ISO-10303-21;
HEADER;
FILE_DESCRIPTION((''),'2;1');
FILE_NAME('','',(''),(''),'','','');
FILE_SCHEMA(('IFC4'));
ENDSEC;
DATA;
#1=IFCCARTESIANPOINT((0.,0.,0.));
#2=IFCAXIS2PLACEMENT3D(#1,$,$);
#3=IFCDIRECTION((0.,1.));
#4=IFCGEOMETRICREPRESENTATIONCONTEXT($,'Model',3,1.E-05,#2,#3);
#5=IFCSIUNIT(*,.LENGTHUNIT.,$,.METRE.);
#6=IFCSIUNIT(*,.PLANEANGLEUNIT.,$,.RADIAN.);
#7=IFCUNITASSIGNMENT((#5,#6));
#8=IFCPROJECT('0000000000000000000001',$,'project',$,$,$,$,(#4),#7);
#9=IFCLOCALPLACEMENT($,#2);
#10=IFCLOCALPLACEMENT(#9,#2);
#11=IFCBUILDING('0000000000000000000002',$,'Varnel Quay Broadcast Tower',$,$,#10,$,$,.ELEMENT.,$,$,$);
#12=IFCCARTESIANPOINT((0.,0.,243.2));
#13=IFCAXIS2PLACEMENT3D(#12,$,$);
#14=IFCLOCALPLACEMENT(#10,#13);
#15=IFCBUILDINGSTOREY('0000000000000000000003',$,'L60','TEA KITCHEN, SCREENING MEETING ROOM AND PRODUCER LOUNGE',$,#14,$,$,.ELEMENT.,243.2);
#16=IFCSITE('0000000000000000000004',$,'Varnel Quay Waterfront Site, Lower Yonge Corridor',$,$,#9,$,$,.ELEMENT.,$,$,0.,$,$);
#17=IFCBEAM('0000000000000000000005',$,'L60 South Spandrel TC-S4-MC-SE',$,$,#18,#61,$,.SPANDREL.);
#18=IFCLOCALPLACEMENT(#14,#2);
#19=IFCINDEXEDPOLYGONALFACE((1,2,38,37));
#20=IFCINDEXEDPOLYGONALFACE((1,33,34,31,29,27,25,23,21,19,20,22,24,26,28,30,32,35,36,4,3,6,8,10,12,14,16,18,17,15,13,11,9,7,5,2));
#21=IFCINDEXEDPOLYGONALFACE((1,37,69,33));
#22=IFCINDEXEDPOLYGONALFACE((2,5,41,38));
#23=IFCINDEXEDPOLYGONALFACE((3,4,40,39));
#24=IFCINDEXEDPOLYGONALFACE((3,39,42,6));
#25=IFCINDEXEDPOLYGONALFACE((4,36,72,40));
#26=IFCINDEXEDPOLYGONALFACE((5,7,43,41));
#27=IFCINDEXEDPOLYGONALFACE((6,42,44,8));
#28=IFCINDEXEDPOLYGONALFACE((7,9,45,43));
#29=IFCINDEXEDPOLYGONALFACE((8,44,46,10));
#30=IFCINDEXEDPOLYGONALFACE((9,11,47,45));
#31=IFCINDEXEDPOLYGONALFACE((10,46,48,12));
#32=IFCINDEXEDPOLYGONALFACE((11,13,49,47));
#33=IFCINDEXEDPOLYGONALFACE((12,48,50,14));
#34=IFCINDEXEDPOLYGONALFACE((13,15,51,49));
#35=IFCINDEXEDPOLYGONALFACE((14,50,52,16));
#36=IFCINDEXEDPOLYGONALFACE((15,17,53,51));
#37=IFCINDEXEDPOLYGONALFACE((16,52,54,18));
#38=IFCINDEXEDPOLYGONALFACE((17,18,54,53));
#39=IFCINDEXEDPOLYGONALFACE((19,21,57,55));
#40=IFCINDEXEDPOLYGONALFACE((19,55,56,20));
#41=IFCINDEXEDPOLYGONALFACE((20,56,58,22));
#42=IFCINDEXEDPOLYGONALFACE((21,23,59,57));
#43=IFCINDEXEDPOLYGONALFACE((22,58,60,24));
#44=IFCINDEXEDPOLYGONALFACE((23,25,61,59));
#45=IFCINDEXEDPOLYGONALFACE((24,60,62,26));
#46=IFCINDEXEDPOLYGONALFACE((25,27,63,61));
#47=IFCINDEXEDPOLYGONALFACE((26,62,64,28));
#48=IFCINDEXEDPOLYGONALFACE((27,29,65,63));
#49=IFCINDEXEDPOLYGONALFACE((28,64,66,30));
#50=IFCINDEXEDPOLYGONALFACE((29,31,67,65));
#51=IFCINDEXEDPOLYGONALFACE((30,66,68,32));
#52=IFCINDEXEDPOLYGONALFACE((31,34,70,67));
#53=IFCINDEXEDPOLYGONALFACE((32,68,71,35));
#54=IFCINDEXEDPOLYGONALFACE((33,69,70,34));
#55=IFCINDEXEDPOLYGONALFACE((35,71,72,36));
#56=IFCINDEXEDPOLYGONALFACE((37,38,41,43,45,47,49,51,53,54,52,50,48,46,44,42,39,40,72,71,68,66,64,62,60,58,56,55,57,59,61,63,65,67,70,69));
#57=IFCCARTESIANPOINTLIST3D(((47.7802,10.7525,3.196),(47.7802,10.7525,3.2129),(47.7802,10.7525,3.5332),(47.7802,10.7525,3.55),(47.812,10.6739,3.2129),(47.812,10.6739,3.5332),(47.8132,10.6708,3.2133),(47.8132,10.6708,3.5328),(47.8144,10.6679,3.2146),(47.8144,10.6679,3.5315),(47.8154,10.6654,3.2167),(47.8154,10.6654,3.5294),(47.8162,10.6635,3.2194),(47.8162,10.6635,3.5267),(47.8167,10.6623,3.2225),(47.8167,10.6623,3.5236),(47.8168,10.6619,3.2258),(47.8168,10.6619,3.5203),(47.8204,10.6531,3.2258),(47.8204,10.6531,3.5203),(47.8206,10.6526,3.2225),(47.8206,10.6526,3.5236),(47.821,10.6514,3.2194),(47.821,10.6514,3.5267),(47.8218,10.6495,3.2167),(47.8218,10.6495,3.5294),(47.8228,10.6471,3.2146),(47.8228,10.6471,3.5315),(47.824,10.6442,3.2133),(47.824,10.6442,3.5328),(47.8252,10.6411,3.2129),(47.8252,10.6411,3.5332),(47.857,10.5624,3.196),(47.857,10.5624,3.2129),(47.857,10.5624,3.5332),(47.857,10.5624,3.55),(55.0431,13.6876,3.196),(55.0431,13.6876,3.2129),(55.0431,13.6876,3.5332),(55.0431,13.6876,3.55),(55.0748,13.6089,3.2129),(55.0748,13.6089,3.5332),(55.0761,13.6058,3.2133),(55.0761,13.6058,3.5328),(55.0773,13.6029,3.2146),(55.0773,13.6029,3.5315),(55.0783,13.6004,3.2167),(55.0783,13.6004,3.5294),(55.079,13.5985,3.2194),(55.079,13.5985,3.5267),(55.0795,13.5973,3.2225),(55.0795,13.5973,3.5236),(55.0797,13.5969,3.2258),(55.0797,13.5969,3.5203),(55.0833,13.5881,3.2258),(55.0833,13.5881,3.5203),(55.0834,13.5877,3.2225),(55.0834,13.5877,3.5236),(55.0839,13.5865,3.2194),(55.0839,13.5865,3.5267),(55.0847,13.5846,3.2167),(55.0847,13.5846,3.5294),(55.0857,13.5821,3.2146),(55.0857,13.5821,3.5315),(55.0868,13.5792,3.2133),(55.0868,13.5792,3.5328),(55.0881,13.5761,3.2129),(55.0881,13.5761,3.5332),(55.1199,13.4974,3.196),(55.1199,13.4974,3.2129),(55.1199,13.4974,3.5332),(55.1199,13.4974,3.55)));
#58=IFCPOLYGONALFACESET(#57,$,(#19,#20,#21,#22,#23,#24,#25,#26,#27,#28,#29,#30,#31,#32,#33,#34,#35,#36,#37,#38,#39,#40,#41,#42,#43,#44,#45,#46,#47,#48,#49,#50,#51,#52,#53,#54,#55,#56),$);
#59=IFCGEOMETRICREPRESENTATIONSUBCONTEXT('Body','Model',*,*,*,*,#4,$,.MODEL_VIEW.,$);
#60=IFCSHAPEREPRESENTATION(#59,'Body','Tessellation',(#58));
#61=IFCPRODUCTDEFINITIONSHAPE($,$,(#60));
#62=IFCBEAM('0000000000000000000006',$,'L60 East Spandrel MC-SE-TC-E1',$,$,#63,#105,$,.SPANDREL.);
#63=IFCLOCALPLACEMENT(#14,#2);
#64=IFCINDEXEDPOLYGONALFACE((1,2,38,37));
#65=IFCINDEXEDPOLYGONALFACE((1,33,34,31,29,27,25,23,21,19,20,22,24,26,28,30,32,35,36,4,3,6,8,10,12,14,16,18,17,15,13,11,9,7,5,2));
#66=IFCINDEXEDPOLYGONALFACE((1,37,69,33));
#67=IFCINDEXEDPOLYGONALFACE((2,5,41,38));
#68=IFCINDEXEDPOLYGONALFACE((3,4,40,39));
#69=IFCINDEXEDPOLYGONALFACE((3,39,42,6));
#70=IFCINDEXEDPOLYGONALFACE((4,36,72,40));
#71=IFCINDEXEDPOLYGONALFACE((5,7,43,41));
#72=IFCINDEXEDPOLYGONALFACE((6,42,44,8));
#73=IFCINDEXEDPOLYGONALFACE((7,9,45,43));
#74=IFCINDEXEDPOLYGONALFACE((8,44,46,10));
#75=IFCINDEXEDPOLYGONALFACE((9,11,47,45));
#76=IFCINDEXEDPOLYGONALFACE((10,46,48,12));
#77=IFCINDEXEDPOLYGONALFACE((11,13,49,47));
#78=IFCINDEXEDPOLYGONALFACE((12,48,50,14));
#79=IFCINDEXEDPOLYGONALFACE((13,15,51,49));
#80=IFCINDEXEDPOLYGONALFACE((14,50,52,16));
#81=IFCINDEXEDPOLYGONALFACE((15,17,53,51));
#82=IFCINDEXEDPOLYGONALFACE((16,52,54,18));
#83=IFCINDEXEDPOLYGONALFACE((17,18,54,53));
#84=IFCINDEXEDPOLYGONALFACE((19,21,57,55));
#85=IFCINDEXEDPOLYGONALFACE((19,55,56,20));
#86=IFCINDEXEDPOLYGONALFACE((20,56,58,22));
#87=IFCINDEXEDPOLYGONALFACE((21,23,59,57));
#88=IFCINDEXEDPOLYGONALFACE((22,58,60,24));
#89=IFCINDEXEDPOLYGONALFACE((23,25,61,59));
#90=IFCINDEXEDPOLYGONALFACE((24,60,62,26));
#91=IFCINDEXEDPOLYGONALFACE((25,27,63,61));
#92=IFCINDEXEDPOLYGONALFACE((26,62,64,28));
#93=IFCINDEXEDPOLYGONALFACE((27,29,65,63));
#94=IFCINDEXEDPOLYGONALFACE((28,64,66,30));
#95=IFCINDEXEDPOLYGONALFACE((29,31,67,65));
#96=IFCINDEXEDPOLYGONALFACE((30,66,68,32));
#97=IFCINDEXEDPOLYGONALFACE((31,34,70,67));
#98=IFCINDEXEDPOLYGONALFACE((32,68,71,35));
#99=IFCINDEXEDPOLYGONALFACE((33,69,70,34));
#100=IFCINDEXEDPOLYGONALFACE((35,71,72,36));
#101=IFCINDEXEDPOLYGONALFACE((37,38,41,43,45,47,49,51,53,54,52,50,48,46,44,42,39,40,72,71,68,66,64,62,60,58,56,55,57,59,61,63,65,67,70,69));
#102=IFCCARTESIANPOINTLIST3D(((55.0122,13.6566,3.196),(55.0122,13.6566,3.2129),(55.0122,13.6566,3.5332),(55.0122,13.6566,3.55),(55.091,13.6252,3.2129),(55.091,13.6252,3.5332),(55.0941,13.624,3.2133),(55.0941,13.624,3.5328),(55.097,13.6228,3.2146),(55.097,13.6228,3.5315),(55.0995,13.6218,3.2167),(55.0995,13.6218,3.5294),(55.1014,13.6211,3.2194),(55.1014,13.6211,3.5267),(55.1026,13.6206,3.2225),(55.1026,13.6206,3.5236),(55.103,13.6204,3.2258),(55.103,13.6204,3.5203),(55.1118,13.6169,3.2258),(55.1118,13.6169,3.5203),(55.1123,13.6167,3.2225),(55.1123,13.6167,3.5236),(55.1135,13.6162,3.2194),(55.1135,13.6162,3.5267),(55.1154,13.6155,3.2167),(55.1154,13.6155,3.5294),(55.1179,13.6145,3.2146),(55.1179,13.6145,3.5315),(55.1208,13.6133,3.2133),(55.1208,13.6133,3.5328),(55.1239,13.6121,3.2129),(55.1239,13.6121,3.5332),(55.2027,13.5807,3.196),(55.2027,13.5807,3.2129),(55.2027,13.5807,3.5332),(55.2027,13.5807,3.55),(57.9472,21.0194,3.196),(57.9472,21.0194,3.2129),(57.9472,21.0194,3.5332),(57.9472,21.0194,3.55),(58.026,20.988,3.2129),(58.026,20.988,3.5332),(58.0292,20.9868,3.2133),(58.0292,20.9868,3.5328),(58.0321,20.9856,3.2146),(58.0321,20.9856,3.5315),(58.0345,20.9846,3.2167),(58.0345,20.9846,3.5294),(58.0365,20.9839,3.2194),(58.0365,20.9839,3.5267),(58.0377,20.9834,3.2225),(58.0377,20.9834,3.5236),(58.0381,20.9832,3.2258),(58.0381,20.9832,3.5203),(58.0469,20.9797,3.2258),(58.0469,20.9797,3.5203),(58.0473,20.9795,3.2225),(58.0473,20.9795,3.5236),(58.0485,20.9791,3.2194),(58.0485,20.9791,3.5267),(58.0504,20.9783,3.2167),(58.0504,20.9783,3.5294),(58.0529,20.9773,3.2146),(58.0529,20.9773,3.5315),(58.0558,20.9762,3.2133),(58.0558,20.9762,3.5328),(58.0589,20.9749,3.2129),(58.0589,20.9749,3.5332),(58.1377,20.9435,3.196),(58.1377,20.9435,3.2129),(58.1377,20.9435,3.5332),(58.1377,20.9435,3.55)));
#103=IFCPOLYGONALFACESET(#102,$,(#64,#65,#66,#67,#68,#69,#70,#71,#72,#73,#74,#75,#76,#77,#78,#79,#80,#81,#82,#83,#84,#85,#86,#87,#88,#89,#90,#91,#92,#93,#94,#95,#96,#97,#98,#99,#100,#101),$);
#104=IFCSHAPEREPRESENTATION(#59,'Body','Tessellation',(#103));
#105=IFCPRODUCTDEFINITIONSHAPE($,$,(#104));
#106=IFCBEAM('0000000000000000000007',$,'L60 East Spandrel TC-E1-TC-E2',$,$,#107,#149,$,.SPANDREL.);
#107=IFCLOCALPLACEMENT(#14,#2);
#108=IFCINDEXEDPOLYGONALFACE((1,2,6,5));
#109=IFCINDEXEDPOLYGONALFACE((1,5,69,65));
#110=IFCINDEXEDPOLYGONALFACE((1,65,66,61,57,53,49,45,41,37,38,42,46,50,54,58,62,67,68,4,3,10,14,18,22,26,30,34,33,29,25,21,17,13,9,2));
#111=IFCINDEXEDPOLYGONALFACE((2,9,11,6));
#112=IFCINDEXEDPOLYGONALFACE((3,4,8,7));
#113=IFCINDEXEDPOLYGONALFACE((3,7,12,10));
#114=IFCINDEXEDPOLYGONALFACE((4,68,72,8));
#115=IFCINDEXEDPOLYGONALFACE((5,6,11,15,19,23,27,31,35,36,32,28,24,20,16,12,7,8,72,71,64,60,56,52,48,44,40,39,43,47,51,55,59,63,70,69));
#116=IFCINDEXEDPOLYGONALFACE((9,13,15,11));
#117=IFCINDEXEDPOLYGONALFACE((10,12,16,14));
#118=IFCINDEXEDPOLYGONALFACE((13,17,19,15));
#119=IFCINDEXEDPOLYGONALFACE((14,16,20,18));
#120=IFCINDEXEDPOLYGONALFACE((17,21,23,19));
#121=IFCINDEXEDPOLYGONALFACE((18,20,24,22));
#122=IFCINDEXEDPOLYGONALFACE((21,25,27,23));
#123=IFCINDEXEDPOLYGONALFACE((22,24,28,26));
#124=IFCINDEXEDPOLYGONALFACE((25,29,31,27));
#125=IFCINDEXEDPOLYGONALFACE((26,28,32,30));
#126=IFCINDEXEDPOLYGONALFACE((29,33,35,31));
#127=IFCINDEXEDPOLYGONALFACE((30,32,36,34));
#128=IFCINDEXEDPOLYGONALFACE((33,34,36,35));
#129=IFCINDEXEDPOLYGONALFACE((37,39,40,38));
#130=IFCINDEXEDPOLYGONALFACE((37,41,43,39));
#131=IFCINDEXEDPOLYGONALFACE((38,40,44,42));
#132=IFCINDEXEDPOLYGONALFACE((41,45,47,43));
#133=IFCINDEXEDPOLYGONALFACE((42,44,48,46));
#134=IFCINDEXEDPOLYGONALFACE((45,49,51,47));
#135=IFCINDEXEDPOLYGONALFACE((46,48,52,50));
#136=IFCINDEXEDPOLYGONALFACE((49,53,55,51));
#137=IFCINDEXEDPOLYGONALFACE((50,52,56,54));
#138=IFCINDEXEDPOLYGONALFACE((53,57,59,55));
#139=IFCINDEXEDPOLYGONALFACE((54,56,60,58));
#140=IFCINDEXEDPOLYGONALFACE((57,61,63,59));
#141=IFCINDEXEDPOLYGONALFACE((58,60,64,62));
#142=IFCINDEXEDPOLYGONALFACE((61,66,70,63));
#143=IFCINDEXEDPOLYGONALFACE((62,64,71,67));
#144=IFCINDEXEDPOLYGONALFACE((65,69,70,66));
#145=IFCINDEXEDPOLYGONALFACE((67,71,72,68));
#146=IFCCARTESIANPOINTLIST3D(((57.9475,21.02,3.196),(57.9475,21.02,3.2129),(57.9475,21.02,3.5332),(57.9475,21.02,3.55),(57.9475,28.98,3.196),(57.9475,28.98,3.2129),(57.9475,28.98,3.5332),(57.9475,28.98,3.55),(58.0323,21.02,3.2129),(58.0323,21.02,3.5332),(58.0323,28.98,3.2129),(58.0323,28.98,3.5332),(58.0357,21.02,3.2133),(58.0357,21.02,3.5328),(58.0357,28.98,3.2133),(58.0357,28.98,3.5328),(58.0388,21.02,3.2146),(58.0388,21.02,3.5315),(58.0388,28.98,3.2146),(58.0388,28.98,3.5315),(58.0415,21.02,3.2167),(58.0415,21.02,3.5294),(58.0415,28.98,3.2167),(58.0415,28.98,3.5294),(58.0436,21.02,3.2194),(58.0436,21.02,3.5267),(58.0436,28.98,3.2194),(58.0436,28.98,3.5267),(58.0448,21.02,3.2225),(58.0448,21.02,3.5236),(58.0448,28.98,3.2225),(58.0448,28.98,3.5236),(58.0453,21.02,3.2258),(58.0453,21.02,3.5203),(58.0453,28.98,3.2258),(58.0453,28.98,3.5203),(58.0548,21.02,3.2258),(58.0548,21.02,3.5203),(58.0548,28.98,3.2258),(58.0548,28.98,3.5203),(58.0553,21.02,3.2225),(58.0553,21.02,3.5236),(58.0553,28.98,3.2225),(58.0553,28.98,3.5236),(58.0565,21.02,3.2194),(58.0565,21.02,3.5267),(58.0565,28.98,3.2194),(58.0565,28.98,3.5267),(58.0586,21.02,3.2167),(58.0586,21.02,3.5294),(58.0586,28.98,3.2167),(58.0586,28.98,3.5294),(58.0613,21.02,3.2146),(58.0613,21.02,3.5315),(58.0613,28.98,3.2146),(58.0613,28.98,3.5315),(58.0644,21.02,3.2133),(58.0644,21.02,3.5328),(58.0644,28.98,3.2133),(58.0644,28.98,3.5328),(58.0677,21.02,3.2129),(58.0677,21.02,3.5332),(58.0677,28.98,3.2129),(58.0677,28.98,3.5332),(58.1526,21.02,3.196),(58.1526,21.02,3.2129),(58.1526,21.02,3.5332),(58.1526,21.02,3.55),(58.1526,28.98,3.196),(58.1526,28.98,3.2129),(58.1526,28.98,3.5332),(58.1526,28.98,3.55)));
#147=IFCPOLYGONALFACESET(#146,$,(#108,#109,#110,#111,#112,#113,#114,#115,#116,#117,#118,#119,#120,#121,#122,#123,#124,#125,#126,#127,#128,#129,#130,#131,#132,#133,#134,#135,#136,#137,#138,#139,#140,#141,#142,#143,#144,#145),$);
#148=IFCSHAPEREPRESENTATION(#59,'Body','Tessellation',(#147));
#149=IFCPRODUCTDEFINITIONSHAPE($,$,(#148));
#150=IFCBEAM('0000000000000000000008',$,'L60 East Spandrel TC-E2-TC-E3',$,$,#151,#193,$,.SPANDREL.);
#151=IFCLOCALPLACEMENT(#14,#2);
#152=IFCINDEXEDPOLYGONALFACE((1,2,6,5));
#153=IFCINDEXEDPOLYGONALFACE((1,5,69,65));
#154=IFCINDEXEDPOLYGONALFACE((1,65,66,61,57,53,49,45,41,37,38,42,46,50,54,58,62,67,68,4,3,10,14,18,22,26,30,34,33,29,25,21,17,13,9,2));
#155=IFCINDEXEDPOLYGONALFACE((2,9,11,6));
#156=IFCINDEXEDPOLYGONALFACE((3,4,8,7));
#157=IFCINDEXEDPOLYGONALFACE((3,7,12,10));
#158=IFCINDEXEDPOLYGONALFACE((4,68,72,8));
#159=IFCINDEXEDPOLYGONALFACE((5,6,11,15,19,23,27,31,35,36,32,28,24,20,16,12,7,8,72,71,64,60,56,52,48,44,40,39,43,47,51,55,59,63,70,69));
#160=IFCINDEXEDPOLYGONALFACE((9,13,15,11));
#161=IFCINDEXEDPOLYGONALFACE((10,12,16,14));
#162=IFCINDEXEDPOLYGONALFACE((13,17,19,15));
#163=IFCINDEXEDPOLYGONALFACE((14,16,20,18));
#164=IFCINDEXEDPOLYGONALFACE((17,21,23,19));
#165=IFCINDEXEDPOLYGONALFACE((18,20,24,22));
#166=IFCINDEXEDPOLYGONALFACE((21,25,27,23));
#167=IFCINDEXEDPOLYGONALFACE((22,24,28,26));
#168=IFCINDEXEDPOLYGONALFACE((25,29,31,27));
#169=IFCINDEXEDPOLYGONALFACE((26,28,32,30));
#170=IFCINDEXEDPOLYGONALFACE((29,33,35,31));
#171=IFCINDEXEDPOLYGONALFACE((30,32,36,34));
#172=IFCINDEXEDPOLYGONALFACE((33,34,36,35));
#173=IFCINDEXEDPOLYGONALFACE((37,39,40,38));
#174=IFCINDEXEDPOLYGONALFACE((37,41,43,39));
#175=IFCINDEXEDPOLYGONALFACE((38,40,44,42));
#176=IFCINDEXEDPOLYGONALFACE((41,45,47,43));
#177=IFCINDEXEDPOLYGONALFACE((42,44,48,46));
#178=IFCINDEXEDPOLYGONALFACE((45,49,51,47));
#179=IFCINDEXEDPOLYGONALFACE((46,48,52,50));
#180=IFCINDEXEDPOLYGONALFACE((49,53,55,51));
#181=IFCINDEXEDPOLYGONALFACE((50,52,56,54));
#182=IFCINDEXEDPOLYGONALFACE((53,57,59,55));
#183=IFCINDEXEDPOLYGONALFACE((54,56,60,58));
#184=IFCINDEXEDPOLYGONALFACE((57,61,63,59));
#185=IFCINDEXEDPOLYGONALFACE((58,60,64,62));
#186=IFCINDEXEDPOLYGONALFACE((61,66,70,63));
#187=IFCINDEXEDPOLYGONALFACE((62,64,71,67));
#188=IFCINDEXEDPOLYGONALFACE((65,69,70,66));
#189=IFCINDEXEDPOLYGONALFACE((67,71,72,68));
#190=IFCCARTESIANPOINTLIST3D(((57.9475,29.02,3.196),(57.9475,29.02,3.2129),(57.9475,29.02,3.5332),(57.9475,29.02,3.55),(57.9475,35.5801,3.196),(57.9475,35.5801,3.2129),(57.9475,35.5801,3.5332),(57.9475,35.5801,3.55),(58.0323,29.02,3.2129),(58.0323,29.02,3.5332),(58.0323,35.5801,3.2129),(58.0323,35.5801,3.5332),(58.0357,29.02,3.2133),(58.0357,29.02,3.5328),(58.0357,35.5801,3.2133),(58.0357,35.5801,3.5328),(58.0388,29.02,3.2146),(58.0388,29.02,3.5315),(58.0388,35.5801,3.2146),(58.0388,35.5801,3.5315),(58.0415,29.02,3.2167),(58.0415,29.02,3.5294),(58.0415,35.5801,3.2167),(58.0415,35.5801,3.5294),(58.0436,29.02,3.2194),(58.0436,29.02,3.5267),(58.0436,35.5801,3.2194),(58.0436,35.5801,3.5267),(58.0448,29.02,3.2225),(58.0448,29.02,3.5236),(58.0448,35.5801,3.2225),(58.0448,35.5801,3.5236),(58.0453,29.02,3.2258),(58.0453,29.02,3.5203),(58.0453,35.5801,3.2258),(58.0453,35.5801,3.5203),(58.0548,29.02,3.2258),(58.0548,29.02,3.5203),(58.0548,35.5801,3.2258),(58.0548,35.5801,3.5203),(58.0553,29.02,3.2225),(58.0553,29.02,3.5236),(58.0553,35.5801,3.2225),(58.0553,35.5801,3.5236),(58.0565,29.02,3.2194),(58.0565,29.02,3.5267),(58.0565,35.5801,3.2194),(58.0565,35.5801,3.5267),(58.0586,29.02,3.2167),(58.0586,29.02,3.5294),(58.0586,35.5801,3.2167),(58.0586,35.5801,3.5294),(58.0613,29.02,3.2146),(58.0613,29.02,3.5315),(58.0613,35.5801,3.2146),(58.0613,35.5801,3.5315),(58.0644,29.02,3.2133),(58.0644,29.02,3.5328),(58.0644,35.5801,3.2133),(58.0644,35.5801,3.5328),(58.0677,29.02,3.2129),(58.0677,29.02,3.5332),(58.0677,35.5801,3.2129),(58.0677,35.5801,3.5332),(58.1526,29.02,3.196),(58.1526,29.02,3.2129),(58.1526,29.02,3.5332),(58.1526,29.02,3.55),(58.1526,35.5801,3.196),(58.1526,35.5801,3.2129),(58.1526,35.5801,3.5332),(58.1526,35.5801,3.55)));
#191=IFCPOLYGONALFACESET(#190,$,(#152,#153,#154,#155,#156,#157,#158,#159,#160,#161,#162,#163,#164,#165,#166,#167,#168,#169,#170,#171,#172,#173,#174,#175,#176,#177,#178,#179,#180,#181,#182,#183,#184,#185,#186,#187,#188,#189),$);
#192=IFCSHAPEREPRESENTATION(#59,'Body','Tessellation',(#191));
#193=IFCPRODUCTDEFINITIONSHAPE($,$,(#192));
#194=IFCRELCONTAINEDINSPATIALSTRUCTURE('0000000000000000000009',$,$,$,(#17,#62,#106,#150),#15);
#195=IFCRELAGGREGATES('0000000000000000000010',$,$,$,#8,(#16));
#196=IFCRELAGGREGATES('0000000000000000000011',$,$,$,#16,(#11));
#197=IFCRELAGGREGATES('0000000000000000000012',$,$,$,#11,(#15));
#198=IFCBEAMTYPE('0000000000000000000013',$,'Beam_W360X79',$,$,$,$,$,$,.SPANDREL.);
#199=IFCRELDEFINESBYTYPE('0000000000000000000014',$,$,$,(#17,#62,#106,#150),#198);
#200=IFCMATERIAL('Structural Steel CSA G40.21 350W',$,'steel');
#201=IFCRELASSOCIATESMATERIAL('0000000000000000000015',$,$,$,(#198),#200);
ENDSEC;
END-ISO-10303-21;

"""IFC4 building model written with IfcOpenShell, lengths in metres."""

from ifc_helpers import new_model, si_unit, direction, frame, origin, origin_2d, place, context, subcontext, project, spatial, i_section, extrude, source, transform, mapped, material, material_profile, profile_set, type_object, type_shapes, element, save


model = new_model("IFC4")

# Units and contexts
model_context = context("Model", 3, precision=1e-05, world=origin(), true_north=direction((0.0, 1.0)))
body_context = subcontext(model_context, "Body", "Model", "MODEL_VIEW")
ifc_project = project(units=[si_unit("LENGTHUNIT", "METRE"), si_unit("PLANEANGLEUNIT", "RADIAN")], contexts=[model_context])

# Site, building, storey
site_placement = place(None, origin())
site = spatial("IfcSite", under=ifc_project, at=site_placement, Name="Varnel Quay Waterfront Site, Lower Yonge Corridor", CompositionType="ELEMENT", RefElevation=0.0)
building_placement = place(site_placement, origin())
building = spatial("IfcBuilding", under=site, at=building_placement, Name="Varnel Quay Broadcast Tower", CompositionType="ELEMENT")
storey_placement = place(building_placement, frame((0.0, 0.0, 243.2)))
storey = spatial("IfcBuildingStorey", under=building, at=storey_placement, Name="L60", Description="TEA KITCHEN, SCREENING MEETING ROOM AND PRODUCER LOUNGE", CompositionType="ELEMENT", Elevation=243.2)

# Shared definitions
ifc_material_1 = material(Name="Structural Steel CSA G40.21 350W", Category="steel")

# Beams
ifc_material_profile_1 = material_profile(ifc_material_1, i_section(OverallWidth=0.2051, OverallDepth=0.354, WebThickness=0.0095, FlangeThickness=0.0168, FilletRadius=0.0129, at=origin_2d()), Name="W360X79")
ifc_profile_set_1 = profile_set([ifc_material_profile_1], Name="Structural Steel CSA G40.21 350W")
beam_type = type_object("IfcBeamType", Name="Beam_W360X79", PredefinedType="SPANDREL", material=ifc_profile_set_1)
shared_shape_1 = source(origin(), body_context, "Body", "SweptSolid", [
    extrude(i_section(OverallWidth=0.2051, OverallDepth=0.354, WebThickness=0.0095, FlangeThickness=0.0168, FilletRadius=0.0129, at=origin_2d()), origin(), (0.0, 0.0, 1.0), 7.8335),
])
beam_1_placement = place(storey_placement, frame((47.8186, 10.6575, 3.373), z_axis=(0.927155, 0.374677, 0.0), x_axis=(-0.374677, 0.927155, 0.0)))
element("IfcBeam", 1, at=beam_1_placement, inside=storey, type_object=beam_type, Name="L60 South Spandrel TC-S4-MC-SE", PredefinedType="SPANDREL", context=body_context, shape_type="MappedRepresentation", body=[
    mapped(shared_shape_1, transform((0.0, 0.0, 0.0), x_axis=(1.0, 0.0, 0.0), y_axis=(0.0, 1.0, 0.0), z_axis=(0.0, 0.0, 1.0), scale=1.0)),
])
shared_shape_2 = source(origin(), body_context, "Body", "SweptSolid", [
    extrude(i_section(OverallWidth=0.2051, OverallDepth=0.354, WebThickness=0.0095, FlangeThickness=0.0168, FilletRadius=0.0129, at=origin_2d()), origin(), (0.0, 0.0, 1.0), 7.9263),
])
beam_2_placement = place(storey_placement, frame((55.1074, 13.6187, 3.373), z_axis=(0.370296, 0.928914, 0.0), x_axis=(-0.928914, 0.370296, 0.0)))
element("IfcBeam", 2, at=beam_2_placement, inside=storey, type_object=beam_type, Name="L60 East Spandrel MC-SE-TC-E1", PredefinedType="SPANDREL", context=body_context, shape_type="MappedRepresentation", body=[
    mapped(shared_shape_2, transform((0.0, 0.0, 0.0), x_axis=(1.0, 0.0, 0.0), y_axis=(0.0, 1.0, 0.0), z_axis=(0.0, 0.0, 1.0), scale=1.0)),
])
shared_shape_3 = source(origin(), body_context, "Body", "SweptSolid", [
    extrude(i_section(OverallWidth=0.2051, OverallDepth=0.354, WebThickness=0.0095, FlangeThickness=0.0168, FilletRadius=0.0129, at=origin_2d()), origin(), (0.0, 0.0, 1.0), 7.96),
])
beam_3_placement = place(storey_placement, frame((58.05, 21.02, 3.373), z_axis=(0.0, 1.0, 0.0), x_axis=(-1.0, 0.0, 0.0)))
element("IfcBeam", 3, at=beam_3_placement, inside=storey, type_object=beam_type, Name="L60 East Spandrel TC-E1-TC-E2", PredefinedType="SPANDREL", context=body_context, shape_type="MappedRepresentation", body=[
    mapped(shared_shape_3, transform((0.0, 0.0, 0.0), x_axis=(1.0, 0.0, 0.0), y_axis=(0.0, 1.0, 0.0), z_axis=(0.0, 0.0, 1.0), scale=1.0)),
])
shared_shape_4 = source(origin(), body_context, "Body", "SweptSolid", [
    extrude(i_section(OverallWidth=0.2051, OverallDepth=0.354, WebThickness=0.0095, FlangeThickness=0.0168, FilletRadius=0.0129, at=origin_2d()), origin(), (0.0, 0.0, 1.0), 6.5601),
])
type_shapes(beam_type, [shared_shape_1, shared_shape_2, shared_shape_3, shared_shape_4])
beam_4_placement = place(storey_placement, frame((58.05, 29.02, 3.373), z_axis=(0.0, 1.0, 0.0), x_axis=(-1.0, 0.0, 0.0)))
element("IfcBeam", 4, at=beam_4_placement, inside=storey, type_object=beam_type, Name="L60 East Spandrel TC-E2-TC-E3", PredefinedType="SPANDREL", context=body_context, shape_type="MappedRepresentation", body=[
    mapped(shared_shape_4, transform((0.0, 0.0, 0.0), x_axis=(1.0, 0.0, 0.0), y_axis=(0.0, 1.0, 0.0), z_axis=(0.0, 0.0, 1.0), scale=1.0)),
])

save(model, "model.ifc")
